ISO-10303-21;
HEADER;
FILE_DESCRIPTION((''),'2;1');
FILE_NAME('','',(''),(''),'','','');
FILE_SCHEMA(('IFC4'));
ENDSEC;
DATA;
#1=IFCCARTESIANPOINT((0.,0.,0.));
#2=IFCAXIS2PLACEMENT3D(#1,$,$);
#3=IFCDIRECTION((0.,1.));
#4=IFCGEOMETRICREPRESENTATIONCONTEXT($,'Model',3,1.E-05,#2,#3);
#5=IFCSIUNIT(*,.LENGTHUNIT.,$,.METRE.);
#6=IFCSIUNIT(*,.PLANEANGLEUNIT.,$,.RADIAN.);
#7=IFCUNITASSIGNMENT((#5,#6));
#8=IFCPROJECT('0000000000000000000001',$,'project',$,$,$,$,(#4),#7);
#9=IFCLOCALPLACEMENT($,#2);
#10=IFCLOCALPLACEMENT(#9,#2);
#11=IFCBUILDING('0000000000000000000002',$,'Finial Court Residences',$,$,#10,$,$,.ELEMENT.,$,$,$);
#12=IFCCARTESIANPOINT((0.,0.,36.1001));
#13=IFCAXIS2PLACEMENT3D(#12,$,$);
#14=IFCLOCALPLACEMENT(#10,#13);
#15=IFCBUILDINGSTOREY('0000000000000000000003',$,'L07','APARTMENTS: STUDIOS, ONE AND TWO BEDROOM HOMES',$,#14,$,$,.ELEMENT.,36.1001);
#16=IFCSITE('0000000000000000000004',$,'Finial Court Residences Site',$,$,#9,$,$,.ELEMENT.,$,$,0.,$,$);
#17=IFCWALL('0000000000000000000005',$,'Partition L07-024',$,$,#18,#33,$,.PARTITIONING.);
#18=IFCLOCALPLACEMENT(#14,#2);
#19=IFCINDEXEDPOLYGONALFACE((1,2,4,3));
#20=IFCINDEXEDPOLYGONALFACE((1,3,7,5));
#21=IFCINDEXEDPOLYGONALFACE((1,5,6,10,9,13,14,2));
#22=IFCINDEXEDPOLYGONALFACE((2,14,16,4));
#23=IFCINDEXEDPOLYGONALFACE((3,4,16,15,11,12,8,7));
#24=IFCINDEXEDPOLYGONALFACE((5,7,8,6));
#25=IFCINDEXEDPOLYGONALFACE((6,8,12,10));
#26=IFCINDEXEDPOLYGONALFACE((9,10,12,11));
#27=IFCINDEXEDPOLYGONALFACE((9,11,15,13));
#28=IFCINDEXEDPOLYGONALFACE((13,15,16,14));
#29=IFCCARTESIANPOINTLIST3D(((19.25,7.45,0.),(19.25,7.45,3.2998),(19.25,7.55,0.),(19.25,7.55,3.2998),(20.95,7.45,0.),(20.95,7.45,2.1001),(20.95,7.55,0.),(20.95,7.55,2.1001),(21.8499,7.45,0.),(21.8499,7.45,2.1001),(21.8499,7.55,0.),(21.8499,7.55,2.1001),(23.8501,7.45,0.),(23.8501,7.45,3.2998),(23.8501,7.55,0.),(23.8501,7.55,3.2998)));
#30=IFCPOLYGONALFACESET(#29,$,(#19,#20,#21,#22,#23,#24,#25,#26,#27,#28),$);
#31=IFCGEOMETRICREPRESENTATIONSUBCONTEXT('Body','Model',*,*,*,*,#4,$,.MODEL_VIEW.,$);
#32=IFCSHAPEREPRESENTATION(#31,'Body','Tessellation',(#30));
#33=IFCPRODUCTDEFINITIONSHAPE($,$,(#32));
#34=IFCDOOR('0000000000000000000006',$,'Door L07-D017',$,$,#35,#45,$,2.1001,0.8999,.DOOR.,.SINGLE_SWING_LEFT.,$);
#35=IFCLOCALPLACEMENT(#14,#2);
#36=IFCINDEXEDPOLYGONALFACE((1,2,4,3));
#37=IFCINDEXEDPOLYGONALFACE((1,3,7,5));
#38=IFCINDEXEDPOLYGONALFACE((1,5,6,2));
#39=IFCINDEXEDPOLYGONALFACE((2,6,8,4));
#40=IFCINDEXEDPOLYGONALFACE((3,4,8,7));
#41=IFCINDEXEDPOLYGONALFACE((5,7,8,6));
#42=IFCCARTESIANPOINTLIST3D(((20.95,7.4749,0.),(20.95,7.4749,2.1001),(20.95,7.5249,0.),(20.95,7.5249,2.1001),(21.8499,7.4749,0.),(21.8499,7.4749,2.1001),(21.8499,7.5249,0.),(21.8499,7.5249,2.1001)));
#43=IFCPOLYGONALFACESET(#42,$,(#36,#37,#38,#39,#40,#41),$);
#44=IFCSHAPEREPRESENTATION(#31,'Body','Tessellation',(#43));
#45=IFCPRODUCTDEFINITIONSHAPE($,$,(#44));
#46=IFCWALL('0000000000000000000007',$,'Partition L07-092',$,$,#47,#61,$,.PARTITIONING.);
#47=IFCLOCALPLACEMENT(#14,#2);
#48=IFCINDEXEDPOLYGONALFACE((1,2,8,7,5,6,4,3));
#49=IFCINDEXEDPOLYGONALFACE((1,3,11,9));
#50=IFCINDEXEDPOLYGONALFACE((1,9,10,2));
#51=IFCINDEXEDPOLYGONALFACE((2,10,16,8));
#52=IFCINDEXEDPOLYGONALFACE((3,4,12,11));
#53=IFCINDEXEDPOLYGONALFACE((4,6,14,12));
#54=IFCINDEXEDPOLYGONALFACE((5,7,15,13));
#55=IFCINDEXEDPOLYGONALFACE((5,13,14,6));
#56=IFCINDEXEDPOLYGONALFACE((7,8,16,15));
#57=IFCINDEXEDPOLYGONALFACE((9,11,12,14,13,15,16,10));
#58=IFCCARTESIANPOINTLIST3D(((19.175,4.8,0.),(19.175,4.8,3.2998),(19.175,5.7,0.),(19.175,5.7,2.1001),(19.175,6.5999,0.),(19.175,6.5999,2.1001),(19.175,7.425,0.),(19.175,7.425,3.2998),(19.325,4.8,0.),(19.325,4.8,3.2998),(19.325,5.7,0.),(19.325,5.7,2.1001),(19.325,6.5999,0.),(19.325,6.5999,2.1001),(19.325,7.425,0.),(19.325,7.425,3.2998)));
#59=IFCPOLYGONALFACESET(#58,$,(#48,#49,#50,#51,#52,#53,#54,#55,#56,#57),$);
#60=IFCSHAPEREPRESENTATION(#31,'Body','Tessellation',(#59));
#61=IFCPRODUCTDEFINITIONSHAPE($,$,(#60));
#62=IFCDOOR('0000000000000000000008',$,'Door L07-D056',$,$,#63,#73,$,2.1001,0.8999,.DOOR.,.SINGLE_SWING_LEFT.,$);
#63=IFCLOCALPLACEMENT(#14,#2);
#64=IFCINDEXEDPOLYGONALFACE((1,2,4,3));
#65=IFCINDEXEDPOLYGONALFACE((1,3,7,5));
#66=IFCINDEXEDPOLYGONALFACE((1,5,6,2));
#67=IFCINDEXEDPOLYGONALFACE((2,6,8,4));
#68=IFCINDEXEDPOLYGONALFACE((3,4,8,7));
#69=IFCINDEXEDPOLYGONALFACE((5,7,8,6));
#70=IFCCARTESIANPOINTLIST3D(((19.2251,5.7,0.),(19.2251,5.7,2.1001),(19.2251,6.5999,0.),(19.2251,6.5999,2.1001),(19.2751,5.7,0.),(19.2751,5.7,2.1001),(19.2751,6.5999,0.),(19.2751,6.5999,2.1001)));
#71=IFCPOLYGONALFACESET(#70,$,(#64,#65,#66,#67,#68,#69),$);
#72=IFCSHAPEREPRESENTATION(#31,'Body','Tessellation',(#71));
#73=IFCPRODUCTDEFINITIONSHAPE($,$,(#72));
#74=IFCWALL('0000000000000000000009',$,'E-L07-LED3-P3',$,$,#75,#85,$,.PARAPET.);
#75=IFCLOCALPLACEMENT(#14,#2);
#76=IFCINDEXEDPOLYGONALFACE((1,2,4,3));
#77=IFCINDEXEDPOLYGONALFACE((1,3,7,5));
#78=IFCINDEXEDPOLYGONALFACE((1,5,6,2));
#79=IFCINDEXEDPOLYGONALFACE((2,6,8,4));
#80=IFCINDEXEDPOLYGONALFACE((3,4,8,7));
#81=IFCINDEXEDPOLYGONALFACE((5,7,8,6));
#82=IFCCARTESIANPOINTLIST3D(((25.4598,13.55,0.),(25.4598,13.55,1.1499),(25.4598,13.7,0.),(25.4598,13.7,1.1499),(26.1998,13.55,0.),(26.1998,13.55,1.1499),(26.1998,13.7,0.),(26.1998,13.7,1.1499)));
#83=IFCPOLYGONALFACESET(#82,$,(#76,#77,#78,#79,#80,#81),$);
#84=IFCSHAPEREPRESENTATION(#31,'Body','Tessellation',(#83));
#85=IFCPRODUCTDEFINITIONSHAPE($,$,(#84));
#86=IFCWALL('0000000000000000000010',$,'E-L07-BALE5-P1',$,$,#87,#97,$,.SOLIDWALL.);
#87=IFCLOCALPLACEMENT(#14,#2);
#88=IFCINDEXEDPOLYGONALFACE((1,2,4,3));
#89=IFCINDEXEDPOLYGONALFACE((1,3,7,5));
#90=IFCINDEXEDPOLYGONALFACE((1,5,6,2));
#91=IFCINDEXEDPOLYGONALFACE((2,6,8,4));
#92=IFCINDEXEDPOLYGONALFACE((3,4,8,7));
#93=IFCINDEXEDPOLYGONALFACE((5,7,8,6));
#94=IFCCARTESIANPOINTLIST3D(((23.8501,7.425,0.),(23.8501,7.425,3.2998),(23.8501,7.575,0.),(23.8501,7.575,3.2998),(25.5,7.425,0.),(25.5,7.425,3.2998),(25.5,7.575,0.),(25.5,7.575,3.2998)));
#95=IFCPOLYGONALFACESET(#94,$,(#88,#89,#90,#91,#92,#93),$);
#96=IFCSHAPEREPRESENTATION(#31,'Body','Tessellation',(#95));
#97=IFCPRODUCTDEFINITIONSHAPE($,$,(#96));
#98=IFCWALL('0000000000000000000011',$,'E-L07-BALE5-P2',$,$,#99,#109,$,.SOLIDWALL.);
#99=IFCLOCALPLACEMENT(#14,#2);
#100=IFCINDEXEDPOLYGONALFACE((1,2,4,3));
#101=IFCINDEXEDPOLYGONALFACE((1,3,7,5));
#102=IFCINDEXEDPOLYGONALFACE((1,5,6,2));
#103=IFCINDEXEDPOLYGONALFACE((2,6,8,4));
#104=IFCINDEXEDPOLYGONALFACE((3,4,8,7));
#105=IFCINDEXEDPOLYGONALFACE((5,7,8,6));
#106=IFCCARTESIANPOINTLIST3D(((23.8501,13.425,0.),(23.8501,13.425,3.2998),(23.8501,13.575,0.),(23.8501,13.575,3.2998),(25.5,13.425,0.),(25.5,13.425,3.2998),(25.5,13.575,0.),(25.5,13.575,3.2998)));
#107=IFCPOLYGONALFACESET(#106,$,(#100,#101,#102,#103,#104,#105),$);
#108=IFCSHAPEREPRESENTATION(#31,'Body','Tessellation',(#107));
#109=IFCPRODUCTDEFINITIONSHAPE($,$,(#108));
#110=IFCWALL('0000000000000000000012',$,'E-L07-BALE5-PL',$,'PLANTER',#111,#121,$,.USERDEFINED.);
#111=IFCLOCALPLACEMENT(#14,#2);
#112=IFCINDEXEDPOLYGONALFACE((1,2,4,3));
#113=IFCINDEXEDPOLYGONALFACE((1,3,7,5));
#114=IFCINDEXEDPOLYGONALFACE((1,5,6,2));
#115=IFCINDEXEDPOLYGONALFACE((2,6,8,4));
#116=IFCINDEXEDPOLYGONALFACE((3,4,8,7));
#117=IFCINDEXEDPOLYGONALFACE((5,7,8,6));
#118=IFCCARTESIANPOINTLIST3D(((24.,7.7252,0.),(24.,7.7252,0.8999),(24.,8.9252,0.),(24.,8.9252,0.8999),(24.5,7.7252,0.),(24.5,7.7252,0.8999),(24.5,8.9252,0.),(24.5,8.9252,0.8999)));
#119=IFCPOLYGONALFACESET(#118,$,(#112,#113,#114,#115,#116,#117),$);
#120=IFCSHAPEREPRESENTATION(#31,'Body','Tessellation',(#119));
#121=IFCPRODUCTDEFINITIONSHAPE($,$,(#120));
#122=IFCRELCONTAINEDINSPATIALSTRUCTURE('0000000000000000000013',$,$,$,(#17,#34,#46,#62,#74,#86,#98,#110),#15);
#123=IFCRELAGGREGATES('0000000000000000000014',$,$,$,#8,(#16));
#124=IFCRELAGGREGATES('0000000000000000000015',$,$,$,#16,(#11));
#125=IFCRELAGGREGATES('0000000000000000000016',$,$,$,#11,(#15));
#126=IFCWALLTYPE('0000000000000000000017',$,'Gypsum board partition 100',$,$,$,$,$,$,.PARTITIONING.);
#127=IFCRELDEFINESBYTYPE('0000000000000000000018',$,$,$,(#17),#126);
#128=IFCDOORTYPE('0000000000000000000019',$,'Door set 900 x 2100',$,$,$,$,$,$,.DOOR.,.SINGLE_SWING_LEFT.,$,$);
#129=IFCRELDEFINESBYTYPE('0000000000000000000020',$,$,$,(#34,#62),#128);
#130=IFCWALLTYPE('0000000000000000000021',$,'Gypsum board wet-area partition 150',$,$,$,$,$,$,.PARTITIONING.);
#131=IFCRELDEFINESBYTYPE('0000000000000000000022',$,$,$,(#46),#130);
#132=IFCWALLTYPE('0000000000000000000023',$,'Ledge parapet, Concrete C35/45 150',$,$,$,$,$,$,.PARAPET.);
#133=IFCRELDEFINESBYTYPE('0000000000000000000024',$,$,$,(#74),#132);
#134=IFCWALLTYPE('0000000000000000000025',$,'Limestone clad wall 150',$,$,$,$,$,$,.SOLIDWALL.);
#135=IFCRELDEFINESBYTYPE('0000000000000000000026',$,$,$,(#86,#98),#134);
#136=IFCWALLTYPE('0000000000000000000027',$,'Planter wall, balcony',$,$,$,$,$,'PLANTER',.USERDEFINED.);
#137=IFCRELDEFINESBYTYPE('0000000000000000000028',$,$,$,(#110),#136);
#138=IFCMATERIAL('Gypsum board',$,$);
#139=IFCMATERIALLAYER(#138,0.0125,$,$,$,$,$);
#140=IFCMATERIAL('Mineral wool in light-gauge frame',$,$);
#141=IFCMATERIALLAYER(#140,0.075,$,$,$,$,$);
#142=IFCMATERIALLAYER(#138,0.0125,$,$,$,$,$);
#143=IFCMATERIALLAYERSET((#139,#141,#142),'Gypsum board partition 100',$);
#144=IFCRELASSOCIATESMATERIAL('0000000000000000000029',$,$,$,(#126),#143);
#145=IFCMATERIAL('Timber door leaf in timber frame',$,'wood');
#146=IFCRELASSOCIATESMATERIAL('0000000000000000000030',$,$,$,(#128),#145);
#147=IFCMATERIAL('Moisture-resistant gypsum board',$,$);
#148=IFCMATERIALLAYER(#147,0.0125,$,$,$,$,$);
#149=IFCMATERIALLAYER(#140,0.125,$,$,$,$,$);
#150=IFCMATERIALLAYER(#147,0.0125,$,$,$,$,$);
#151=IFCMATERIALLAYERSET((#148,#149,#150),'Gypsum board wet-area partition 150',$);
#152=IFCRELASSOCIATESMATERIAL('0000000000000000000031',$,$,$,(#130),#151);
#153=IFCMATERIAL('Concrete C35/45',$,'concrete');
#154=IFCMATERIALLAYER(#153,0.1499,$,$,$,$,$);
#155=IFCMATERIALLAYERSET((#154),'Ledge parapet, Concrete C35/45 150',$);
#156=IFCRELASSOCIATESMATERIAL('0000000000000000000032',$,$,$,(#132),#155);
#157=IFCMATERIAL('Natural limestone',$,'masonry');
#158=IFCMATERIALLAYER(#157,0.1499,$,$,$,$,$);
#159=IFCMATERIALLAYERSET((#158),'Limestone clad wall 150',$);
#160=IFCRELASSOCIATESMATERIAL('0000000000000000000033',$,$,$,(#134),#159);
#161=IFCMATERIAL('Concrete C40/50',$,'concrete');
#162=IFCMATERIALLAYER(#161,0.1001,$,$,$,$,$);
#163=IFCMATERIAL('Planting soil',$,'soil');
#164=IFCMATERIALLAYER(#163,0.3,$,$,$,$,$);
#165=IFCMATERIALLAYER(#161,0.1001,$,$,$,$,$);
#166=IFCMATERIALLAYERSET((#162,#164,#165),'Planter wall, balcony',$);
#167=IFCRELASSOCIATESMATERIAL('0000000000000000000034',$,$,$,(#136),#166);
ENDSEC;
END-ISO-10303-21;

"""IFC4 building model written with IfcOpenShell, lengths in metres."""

from ifc_helpers import new_model, si_unit, direction, frame, frame_2d, origin, place, context, subcontext, project, spatial, rectangle, extrude, material, layer, layer_set, type_object, element, fill, save


model = new_model("IFC4")

# Units and contexts
model_context = context("Model", 3, precision=1e-05, world=origin(), true_north=direction((0.0, 1.0)))
body_context = subcontext(model_context, "Body", "Model", "MODEL_VIEW")
ifc_project = project(units=[si_unit("LENGTHUNIT", "METRE"), si_unit("PLANEANGLEUNIT", "RADIAN")], contexts=[model_context])

# Site, building, storey
site_placement = place(None, origin())
site = spatial("IfcSite", under=ifc_project, at=site_placement, Name="Finial Court Residences Site", CompositionType="ELEMENT", RefElevation=0.0)
building_placement = place(site_placement, origin())
building = spatial("IfcBuilding", under=site, at=building_placement, Name="Finial Court Residences", CompositionType="ELEMENT")
storey_placement = place(building_placement, frame((0.0, 0.0, 36.1001)))
storey = spatial("IfcBuildingStorey", under=building, at=storey_placement, Name="L07", Description="APARTMENTS: STUDIOS, ONE AND TWO BEDROOM HOMES", CompositionType="ELEMENT", Elevation=36.1001)

# Walls, openings, doors
ifc_material_1 = material(Name="Gypsum board")
ifc_layer_1 = layer(ifc_material_1, 0.0125)
ifc_material_2 = material(Name="Mineral wool in light-gauge frame")
ifc_layer_2 = layer(ifc_material_2, 0.075)
ifc_layer_3 = layer(ifc_material_1, 0.0125)
ifc_layer_set_1 = layer_set([ifc_layer_1, ifc_layer_2, ifc_layer_3], Name="Gypsum board partition 100")
wall_type_1 = type_object("IfcWallType", Name="Gypsum board partition 100", PredefinedType="PARTITIONING", material=ifc_layer_set_1)
wall_1_placement = place(storey_placement, frame((19.25, 7.5, 0.0), z_axis=(0.0, 0.0, 1.0), x_axis=(1.0, 0.0, 0.0)))
wall_1 = element("IfcWall", 1, at=wall_1_placement, inside=storey, type_object=wall_type_1, Name="Partition L07-024", PredefinedType="PARTITIONING", context=body_context, shape_type="SweptSolid", body=[
    extrude(rectangle(XDim=4.6001, YDim=0.1001, at=frame_2d((2.3, 0.0))), origin(), (0.0, 0.0, 1.0), 3.2998),
])
opening_1_placement = place(wall_1_placement, frame((1.7, 0.0, 0.0)))
opening_1 = element("IfcOpeningElement", 2, at=opening_1_placement, cuts=wall_1, PredefinedType="OPENING", context=body_context, shape_type="SweptSolid", body=[
    extrude(rectangle(XDim=0.8999, YDim=2.1001, at=frame_2d((0.45, 1.05))), frame((0.0, 0.0601, 0.0), z_axis=(0.0, -1.0, 0.0), x_axis=(1.0, 0.0, 0.0)), (0.0, 0.0, 1.0), 0.1201),
])
ifc_material_3 = material(Name="Timber door leaf in timber frame", Category="wood")
door_type_1 = type_object("IfcDoorType", Name="Door set 900 x 2100", OperationType="SINGLE_SWING_LEFT", PredefinedType="DOOR", material=ifc_material_3)
door_1_placement = place(opening_1_placement, origin())
door_1 = element("IfcDoor", 3, at=door_1_placement, inside=storey, type_object=door_type_1, Name="Door L07-D017", OperationType="SINGLE_SWING_LEFT", OverallHeight=2.1001, OverallWidth=0.8999, PredefinedType="DOOR", context=body_context, shape_type="SweptSolid", body=[
    extrude(rectangle(XDim=0.8999, YDim=2.1001, at=frame_2d((0.45, 1.05))), frame((0.0, 0.0249, 0.0), z_axis=(0.0, -1.0, 0.0), x_axis=(1.0, 0.0, 0.0)), (0.0, 0.0, 1.0), 0.05),
])
fill(opening_1, door_1)
ifc_material_4 = material(Name="Moisture-resistant gypsum board")
ifc_layer_4 = layer(ifc_material_4, 0.0125)
ifc_layer_5 = layer(ifc_material_2, 0.125)
ifc_layer_6 = layer(ifc_material_4, 0.0125)
ifc_layer_set_2 = layer_set([ifc_layer_4, ifc_layer_5, ifc_layer_6], Name="Gypsum board wet-area partition 150")
wall_type_2 = type_object("IfcWallType", Name="Gypsum board wet-area partition 150", PredefinedType="PARTITIONING", material=ifc_layer_set_2)
wall_2_placement = place(storey_placement, frame((19.25, 4.8, 0.0), z_axis=(0.0, 0.0, 1.0), x_axis=(0.0, 1.0, 0.0)))
wall_2 = element("IfcWall", 4, at=wall_2_placement, inside=storey, type_object=wall_type_2, Name="Partition L07-092", PredefinedType="PARTITIONING", context=body_context, shape_type="SweptSolid", body=[
    extrude(rectangle(XDim=2.625, YDim=0.1499, at=frame_2d((1.3125, 0.0))), origin(), (0.0, 0.0, 1.0), 3.2998),
])
opening_2_placement = place(wall_2_placement, frame((0.8999, 0.0, 0.0)))
opening_2 = element("IfcOpeningElement", 5, at=opening_2_placement, cuts=wall_2, PredefinedType="OPENING", context=body_context, shape_type="SweptSolid", body=[
    extrude(rectangle(XDim=0.8999, YDim=2.1001, at=frame_2d((0.45, 1.05))), frame((0.0, 0.085, 0.0), z_axis=(0.0, -1.0, 0.0), x_axis=(1.0, 0.0, 0.0)), (0.0, 0.0, 1.0), 0.1699),
])
door_2_placement = place(opening_2_placement, origin())
door_2 = element("IfcDoor", 6, at=door_2_placement, inside=storey, type_object=door_type_1, Name="Door L07-D056", OperationType="SINGLE_SWING_LEFT", OverallHeight=2.1001, OverallWidth=0.8999, PredefinedType="DOOR", context=body_context, shape_type="SweptSolid", body=[
    extrude(rectangle(XDim=0.8999, YDim=2.1001, at=frame_2d((0.45, 1.05))), frame((0.0, 0.0249, 0.0), z_axis=(0.0, -1.0, 0.0), x_axis=(1.0, 0.0, 0.0)), (0.0, 0.0, 1.0), 0.05),
])
fill(opening_2, door_2)

# Walls
ifc_material_5 = material(Name="Concrete C35/45", Category="concrete")
ifc_layer_7 = layer(ifc_material_5, 0.1499)
ifc_layer_set_3 = layer_set([ifc_layer_7], Name="Ledge parapet, Concrete C35/45 150")
wall_type_3 = type_object("IfcWallType", Name="Ledge parapet, Concrete C35/45 150", PredefinedType="PARAPET", material=ifc_layer_set_3)
wall_3_placement = place(storey_placement, frame((26.2, 13.625, 0.0), z_axis=(0.0, 0.0, 1.0), x_axis=(-1.0, 0.0, 0.0)))
element("IfcWall", 7, at=wall_3_placement, inside=storey, type_object=wall_type_3, Name="E-L07-LED3-P3", PredefinedType="PARAPET", context=body_context, shape_type="SweptSolid", body=[
    extrude(rectangle(XDim=0.74, YDim=0.1499, at=frame_2d((0.3701, 0.0))), origin(), (0.0, 0.0, 1.0), 1.1499),
])
ifc_material_6 = material(Name="Natural limestone", Category="masonry")
ifc_layer_8 = layer(ifc_material_6, 0.1499)
ifc_layer_set_4 = layer_set([ifc_layer_8], Name="Limestone clad wall 150")
wall_type_4 = type_object("IfcWallType", Name="Limestone clad wall 150", PredefinedType="SOLIDWALL", material=ifc_layer_set_4)
for number, where, z_axis, x_axis, name in (
    (8, (23.8501, 7.5, 0.0), (0.0, 0.0, 1.0), (1.0, 0.0, 0.0), "E-L07-BALE5-P1"),
    (9, (23.8501, 13.5, 0.0), (0.0, 0.0, 1.0), (1.0, 0.0, 0.0), "E-L07-BALE5-P2"),
):
    element("IfcWall", number, at=place(storey_placement, frame(where, z_axis=z_axis, x_axis=x_axis)), inside=storey, type_object=wall_type_4, Name=name, PredefinedType="SOLIDWALL", context=body_context, shape_type="SweptSolid", body=[
        extrude(rectangle(XDim=1.6499, YDim=0.1499, at=frame_2d((0.825, 0.0))), origin(), (0.0, 0.0, 1.0), 3.2998),
    ])

# Wall
ifc_material_7 = material(Name="Concrete C40/50", Category="concrete")
ifc_layer_9 = layer(ifc_material_7, 0.1001)
ifc_material_8 = material(Name="Planting soil", Category="soil")
ifc_layer_10 = layer(ifc_material_8, 0.3)
ifc_layer_11 = layer(ifc_material_7, 0.1001)
ifc_layer_set_5 = layer_set([ifc_layer_9, ifc_layer_10, ifc_layer_11], Name="Planter wall, balcony")
wall_type_5 = type_object("IfcWallType", Name="Planter wall, balcony", ElementType="PLANTER", PredefinedType="USERDEFINED", material=ifc_layer_set_5)
wall_4_placement = place(storey_placement, frame((24.25, 7.7251, 0.0), z_axis=(0.0, 0.0, 1.0), x_axis=(0.0, 1.0, 0.0)))
element("IfcWall", 10, at=wall_4_placement, inside=storey, type_object=wall_type_5, Name="E-L07-BALE5-PL", ObjectType="PLANTER", PredefinedType="USERDEFINED", context=body_context, shape_type="SweptSolid", body=[
    extrude(rectangle(XDim=1.2, YDim=0.5, at=frame_2d((0.6001, 0.0))), origin(), (0.0, 0.0, 1.0), 0.8999),
])

save(model, "model.ifc")
